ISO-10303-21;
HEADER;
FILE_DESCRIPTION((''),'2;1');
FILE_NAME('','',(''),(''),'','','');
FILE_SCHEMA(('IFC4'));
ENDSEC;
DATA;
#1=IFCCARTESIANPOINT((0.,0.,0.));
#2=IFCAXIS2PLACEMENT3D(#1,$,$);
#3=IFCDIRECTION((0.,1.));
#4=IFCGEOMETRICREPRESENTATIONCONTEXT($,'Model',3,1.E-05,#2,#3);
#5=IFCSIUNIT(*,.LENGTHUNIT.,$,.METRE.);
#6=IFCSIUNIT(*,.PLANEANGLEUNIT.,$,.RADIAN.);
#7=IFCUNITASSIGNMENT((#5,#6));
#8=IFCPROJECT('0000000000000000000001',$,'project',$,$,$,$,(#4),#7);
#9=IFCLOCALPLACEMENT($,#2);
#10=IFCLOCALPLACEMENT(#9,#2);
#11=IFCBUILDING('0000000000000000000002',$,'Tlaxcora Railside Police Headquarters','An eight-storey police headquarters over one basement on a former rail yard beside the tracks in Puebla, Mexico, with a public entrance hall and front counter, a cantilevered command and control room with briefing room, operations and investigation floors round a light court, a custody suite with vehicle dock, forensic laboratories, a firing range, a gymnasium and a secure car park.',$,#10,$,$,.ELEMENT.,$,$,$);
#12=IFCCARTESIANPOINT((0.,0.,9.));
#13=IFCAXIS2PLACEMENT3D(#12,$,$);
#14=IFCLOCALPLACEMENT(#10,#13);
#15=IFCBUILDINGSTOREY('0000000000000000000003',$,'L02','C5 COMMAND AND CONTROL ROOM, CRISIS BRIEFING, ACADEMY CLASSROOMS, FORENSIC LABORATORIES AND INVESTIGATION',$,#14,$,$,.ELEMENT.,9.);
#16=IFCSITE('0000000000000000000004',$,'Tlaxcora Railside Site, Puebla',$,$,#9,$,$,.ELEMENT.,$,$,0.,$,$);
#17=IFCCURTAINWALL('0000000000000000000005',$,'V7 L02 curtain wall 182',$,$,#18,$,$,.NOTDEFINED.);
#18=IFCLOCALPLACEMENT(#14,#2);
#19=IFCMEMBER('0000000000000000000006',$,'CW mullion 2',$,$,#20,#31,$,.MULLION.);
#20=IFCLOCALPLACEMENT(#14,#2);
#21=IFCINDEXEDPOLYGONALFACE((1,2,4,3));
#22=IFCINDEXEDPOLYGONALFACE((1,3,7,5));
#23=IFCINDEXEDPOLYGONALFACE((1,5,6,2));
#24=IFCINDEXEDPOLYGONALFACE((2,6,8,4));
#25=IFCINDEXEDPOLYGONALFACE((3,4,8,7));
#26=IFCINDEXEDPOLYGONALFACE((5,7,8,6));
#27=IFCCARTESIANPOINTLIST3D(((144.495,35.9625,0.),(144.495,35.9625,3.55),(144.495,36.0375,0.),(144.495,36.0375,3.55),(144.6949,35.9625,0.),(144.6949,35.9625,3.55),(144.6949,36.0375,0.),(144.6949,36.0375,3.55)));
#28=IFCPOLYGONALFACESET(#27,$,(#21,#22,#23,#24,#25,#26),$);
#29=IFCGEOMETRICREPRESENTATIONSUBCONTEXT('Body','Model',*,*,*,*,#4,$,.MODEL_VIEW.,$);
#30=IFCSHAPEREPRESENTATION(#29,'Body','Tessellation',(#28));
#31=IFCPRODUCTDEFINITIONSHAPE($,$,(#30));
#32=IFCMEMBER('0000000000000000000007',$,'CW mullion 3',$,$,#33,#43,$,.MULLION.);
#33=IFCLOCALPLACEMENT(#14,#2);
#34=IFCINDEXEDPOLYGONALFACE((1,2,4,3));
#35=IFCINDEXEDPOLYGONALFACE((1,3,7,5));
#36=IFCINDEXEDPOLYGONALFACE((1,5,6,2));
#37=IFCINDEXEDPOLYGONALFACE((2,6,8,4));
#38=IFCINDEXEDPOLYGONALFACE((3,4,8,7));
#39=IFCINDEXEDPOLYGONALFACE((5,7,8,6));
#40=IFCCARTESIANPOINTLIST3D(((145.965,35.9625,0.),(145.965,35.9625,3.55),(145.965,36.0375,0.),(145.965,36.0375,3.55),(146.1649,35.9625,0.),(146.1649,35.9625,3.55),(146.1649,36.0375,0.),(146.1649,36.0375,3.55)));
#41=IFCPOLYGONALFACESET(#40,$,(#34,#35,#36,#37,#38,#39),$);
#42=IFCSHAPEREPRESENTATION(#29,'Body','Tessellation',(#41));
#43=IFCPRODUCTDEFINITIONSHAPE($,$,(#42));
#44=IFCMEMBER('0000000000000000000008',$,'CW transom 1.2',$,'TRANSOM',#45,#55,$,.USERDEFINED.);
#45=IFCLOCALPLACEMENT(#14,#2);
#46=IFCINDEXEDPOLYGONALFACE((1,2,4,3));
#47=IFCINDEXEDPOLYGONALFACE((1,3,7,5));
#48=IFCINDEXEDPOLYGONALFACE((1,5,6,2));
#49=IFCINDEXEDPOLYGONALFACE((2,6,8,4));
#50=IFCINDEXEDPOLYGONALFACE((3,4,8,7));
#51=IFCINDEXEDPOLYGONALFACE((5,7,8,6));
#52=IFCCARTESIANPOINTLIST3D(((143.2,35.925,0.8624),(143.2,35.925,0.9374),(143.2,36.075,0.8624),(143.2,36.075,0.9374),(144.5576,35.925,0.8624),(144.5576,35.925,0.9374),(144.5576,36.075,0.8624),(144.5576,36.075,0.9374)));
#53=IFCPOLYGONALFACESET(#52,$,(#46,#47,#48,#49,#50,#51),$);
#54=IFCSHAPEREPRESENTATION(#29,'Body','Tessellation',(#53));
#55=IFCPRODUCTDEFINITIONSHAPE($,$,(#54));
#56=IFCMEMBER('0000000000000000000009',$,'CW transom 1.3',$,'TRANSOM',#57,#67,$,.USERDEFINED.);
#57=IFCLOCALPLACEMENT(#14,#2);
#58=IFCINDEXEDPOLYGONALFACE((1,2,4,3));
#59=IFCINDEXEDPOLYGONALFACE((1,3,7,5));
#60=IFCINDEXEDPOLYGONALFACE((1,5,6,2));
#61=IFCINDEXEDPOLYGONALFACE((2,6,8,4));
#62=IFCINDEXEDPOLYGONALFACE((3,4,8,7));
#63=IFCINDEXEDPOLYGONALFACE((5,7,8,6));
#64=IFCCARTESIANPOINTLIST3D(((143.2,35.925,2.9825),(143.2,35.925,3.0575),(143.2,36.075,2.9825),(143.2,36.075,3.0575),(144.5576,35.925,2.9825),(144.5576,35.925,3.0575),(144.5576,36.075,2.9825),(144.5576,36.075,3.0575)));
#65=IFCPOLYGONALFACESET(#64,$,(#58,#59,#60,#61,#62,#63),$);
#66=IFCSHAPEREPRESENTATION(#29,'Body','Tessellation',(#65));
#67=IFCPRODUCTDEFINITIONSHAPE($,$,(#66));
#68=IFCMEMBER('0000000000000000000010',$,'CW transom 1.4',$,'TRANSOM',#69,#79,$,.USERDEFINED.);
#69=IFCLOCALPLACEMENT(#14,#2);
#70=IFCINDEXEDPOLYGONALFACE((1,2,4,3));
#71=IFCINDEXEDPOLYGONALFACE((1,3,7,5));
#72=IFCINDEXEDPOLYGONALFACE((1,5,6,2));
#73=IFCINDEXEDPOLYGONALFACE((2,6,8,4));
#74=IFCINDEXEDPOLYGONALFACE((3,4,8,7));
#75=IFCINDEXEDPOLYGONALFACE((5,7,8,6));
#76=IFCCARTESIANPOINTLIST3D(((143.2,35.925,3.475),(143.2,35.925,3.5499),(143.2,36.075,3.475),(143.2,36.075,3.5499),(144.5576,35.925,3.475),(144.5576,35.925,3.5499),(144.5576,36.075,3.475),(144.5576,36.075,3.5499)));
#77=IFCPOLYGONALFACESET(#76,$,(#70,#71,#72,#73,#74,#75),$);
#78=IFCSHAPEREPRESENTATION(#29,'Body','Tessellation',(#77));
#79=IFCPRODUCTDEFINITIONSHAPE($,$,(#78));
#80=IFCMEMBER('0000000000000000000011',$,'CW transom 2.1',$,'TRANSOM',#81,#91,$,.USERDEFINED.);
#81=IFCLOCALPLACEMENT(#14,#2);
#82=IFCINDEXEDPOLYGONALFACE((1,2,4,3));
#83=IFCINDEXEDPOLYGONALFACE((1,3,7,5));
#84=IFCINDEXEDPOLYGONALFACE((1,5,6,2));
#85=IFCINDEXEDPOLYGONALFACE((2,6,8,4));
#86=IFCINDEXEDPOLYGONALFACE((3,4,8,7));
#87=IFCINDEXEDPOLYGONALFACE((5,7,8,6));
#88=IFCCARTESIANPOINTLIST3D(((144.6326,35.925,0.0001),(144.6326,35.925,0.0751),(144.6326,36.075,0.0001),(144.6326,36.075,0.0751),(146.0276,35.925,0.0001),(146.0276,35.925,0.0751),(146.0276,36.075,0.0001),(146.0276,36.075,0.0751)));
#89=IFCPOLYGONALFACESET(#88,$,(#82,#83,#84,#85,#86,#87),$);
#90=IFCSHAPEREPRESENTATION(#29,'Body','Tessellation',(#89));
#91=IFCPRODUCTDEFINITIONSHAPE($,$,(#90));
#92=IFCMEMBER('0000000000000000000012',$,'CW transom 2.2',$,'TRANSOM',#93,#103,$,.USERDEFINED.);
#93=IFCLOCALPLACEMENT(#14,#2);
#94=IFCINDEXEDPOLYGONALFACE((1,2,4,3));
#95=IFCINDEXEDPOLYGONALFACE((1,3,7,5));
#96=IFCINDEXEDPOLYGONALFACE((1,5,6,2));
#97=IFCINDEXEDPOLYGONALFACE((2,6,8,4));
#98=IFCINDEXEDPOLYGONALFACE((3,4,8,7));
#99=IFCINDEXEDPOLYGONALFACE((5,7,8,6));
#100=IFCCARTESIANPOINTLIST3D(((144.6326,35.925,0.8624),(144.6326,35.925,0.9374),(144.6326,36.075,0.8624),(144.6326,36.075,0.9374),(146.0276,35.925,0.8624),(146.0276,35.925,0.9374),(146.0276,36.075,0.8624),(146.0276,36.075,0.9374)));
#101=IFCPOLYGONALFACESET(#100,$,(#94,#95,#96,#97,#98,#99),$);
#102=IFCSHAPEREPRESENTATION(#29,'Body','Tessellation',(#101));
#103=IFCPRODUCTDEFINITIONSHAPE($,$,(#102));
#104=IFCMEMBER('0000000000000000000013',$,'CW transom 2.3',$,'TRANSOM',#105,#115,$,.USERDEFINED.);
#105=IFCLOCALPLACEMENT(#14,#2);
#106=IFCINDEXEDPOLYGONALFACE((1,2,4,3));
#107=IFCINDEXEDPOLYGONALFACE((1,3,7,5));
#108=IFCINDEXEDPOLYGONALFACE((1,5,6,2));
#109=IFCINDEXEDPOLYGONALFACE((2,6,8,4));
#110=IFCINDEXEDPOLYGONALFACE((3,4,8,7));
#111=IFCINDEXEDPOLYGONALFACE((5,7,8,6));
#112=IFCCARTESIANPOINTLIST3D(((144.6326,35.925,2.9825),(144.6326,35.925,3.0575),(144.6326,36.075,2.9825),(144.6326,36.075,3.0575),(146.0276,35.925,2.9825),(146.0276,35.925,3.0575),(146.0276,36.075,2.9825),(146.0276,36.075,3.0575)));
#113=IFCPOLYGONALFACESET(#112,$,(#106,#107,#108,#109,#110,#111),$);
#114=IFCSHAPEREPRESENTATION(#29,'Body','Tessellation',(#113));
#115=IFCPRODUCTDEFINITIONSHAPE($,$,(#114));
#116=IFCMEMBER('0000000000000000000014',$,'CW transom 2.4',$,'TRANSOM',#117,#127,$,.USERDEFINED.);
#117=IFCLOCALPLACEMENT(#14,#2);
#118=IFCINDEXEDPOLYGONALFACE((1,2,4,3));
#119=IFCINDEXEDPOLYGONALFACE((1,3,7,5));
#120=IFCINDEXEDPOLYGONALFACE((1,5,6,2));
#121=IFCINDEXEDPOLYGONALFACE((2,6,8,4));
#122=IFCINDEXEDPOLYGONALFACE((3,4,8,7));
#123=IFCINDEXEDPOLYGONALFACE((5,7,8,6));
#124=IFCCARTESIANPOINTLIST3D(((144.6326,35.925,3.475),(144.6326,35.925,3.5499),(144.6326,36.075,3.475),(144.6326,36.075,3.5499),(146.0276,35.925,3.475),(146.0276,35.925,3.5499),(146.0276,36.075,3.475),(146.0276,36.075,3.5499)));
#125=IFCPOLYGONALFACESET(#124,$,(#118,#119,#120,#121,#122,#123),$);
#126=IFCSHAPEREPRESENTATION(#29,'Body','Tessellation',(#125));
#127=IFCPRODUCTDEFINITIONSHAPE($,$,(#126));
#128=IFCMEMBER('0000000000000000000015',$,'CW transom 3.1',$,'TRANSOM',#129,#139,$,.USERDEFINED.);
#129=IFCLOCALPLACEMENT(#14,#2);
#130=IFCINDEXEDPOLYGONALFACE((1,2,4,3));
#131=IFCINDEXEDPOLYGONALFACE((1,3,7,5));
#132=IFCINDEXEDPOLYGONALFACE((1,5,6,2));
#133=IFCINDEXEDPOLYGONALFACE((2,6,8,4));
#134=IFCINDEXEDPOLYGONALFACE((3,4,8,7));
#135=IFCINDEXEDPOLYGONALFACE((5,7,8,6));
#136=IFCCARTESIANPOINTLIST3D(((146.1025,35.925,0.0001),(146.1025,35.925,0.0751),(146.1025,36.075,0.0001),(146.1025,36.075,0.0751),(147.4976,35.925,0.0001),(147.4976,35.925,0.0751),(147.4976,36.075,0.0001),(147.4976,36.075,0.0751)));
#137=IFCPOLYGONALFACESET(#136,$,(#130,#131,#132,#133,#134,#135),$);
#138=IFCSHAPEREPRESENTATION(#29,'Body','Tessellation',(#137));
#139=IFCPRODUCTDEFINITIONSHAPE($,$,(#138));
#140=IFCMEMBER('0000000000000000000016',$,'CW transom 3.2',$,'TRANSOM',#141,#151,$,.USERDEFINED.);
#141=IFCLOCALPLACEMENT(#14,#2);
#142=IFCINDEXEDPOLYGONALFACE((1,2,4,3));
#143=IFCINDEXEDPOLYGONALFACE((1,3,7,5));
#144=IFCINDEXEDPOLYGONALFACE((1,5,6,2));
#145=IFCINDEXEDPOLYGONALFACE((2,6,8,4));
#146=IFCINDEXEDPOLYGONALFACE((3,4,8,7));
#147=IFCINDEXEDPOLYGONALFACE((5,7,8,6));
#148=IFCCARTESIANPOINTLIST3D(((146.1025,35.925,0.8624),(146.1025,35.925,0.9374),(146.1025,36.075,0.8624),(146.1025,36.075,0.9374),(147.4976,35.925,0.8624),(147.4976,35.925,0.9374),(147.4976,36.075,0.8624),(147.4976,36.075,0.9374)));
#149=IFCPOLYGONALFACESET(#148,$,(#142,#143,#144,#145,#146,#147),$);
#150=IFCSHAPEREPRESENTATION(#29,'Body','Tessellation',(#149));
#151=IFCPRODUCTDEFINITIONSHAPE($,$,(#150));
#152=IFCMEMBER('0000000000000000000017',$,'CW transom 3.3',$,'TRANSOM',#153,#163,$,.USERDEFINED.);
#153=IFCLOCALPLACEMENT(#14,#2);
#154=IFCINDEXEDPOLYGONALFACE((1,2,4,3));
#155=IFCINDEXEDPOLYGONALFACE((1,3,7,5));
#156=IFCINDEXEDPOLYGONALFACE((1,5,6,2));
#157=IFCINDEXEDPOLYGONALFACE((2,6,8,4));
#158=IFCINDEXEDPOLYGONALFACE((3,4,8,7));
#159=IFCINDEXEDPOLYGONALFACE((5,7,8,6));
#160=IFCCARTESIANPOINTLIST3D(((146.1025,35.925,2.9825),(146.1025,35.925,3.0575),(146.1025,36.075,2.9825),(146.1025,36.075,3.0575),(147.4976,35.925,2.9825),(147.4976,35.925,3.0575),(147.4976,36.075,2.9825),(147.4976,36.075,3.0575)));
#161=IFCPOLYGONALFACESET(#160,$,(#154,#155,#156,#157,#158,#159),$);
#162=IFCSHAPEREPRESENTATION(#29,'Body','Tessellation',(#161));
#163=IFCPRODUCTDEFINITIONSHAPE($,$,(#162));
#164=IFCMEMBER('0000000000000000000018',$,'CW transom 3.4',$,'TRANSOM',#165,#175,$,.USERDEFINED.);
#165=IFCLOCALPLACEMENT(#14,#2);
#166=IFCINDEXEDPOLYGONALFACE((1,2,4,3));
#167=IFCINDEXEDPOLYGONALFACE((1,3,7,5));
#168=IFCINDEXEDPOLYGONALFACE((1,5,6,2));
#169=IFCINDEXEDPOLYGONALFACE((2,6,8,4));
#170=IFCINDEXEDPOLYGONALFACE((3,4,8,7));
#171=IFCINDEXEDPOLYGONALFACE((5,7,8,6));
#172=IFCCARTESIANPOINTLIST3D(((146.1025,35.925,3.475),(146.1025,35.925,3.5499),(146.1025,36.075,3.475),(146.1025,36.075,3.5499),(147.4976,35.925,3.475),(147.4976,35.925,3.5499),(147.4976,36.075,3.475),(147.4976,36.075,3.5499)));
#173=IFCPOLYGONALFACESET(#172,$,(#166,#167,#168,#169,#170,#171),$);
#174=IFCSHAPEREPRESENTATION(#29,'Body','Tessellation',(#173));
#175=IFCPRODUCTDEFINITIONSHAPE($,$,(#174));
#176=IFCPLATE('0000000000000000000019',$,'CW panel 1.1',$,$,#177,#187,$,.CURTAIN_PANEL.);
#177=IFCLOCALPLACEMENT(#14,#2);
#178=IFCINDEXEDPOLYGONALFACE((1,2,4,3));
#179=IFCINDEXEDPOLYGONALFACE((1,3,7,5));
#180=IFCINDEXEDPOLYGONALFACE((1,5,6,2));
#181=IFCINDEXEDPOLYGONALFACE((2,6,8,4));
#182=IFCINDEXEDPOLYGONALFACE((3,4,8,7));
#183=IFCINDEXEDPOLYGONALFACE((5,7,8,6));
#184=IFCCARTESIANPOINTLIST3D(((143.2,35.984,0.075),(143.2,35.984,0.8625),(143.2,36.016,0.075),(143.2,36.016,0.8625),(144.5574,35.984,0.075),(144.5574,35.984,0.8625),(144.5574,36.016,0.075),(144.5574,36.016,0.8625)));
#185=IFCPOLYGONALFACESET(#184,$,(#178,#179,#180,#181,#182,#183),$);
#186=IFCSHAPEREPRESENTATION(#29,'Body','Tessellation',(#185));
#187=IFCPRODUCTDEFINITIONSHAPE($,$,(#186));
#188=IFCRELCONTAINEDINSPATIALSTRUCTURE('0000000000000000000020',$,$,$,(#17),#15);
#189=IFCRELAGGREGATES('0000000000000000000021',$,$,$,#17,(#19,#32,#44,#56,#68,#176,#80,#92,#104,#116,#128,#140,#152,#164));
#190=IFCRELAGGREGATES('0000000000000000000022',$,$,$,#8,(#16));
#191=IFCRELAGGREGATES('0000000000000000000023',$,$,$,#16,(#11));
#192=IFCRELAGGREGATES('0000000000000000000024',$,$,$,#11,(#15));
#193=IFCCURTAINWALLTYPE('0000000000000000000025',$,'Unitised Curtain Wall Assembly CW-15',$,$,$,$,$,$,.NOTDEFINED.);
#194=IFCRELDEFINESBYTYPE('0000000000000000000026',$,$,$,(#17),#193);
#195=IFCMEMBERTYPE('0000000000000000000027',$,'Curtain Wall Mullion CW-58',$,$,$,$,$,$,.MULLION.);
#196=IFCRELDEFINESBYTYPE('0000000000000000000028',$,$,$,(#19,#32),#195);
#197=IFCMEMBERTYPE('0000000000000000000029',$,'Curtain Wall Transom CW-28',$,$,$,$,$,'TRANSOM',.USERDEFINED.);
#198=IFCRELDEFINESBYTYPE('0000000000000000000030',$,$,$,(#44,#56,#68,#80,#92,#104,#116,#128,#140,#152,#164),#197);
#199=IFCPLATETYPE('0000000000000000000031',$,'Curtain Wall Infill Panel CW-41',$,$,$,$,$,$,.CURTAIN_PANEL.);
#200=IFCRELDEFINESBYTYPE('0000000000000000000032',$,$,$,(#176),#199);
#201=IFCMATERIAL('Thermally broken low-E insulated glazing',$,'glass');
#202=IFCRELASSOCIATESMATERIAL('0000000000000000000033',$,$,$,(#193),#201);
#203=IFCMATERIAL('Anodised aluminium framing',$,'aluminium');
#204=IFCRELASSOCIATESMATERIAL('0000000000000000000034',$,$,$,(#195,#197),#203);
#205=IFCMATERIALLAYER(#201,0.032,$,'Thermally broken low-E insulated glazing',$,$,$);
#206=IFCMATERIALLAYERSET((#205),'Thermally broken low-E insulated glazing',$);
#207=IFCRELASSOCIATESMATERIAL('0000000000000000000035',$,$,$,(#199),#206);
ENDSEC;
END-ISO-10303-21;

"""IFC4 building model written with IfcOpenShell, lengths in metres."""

from ifc_helpers import new_model, si_unit, direction, frame, origin, origin_2d, place, context, subcontext, project, spatial, rectangle, extrude, material, layer, layer_set, material_profile, profile_set, type_object, element, aggregate, save


model = new_model("IFC4")

# Units and contexts
model_context = context("Model", 3, precision=1e-05, world=origin(), true_north=direction((0.0, 1.0)))
body_context = subcontext(model_context, "Body", "Model", "MODEL_VIEW")
ifc_project = project(units=[si_unit("LENGTHUNIT", "METRE"), si_unit("PLANEANGLEUNIT", "RADIAN")], contexts=[model_context])

# Site, building, storey
site_placement = place(None, origin())
site = spatial("IfcSite", under=ifc_project, at=site_placement, Name="Tlaxcora Railside Site, Puebla", CompositionType="ELEMENT", RefElevation=0.0)
building_placement = place(site_placement, origin())
building = spatial("IfcBuilding", under=site, at=building_placement, Name="Tlaxcora Railside Police Headquarters", Description="An eight-storey police headquarters over one basement on a former rail yard beside the tracks in Puebla, Mexico, with a public entrance hall and front counter, a cantilevered command and control room with briefing room, operations and investigation floors round a light court, a custody suite with vehicle dock, forensic laboratories, a firing range, a gymnasium and a secure car park.", CompositionType="ELEMENT")
storey_placement = place(building_placement, frame((0.0, 0.0, 9.0)))
storey = spatial("IfcBuildingStorey", under=building, at=storey_placement, Name="L02", Description="C5 COMMAND AND CONTROL ROOM, CRISIS BRIEFING, ACADEMY CLASSROOMS, FORENSIC LABORATORIES AND INVESTIGATION", CompositionType="ELEMENT", Elevation=9.0)

# Curtain wall, members, plate
ifc_material_1 = material(Name="Thermally broken low-E insulated glazing", Category="glass")
curtain_wall_type = type_object("IfcCurtainWallType", Name="Unitised Curtain Wall Assembly CW-15", PredefinedType="NOTDEFINED", material=ifc_material_1)
curtain_wall_placement = place(storey_placement, origin())
curtain_wall = element("IfcCurtainWall", 1, at=curtain_wall_placement, inside=storey, type_object=curtain_wall_type, Name="V7 L02 curtain wall 182", PredefinedType="NOTDEFINED")
ifc_material_2 = material(Name="Anodised aluminium framing", Category="aluminium")
ifc_material_profile_1 = material_profile(ifc_material_2, rectangle(XDim=0.075, YDim=0.2, at=origin_2d()), Name="AL75X200")
ifc_profile_set_1 = profile_set([ifc_material_profile_1], Name="Anodised aluminium framing")
member_type_1 = type_object("IfcMemberType", Name="Curtain Wall Mullion CW-58", PredefinedType="MULLION", material=ifc_profile_set_1)
member_1_placement = place(storey_placement, frame((144.595, 36.0, 0.0), z_axis=(0.0, 0.0, 1.0), x_axis=(0.0, 1.0, 0.0)))
member_1 = element("IfcMember", 2, at=member_1_placement, type_object=member_type_1, Name="CW mullion 2", PredefinedType="MULLION", context=body_context, shape_type="SweptSolid", body=[
    extrude(rectangle(XDim=0.075, YDim=0.2, at=origin_2d()), origin(), (0.0, 0.0, 1.0), 3.55),
])
member_2_placement = place(storey_placement, frame((146.0649, 36.0, 0.0), z_axis=(0.0, 0.0, 1.0), x_axis=(0.0, 1.0, 0.0)))
member_2 = element("IfcMember", 3, at=member_2_placement, type_object=member_type_1, Name="CW mullion 3", PredefinedType="MULLION", context=body_context, shape_type="SweptSolid", body=[
    extrude(rectangle(XDim=0.075, YDim=0.2, at=origin_2d()), origin(), (0.0, 0.0, 1.0), 3.55),
])
ifc_material_profile_2 = material_profile(ifc_material_2, rectangle(XDim=0.1499, YDim=0.075, at=origin_2d()), Name="AL75X150")
ifc_profile_set_2 = profile_set([ifc_material_profile_2], Name="Anodised aluminium framing")
member_type_2 = type_object("IfcMemberType", Name="Curtain Wall Transom CW-28", ElementType="TRANSOM", PredefinedType="USERDEFINED", material=ifc_profile_set_2)
member_3_placement = place(storey_placement, frame((143.2, 36.0, 0.8999), z_axis=(1.0, 0.0, 0.0), x_axis=(0.0, 1.0, 0.0)))
member_3 = element("IfcMember", 4, at=member_3_placement, type_object=member_type_2, Name="CW transom 1.2", ObjectType="TRANSOM", PredefinedType="USERDEFINED", context=body_context, shape_type="SweptSolid", body=[
    extrude(rectangle(XDim=0.1499, YDim=0.075, at=origin_2d()), origin(), (0.0, 0.0, 1.0), 1.3577),
])
member_4_placement = place(storey_placement, frame((143.2, 36.0, 3.02), z_axis=(1.0, 0.0, 0.0), x_axis=(0.0, 1.0, 0.0)))
member_4 = element("IfcMember", 5, at=member_4_placement, type_object=member_type_2, Name="CW transom 1.3", ObjectType="TRANSOM", PredefinedType="USERDEFINED", context=body_context, shape_type="SweptSolid", body=[
    extrude(rectangle(XDim=0.1499, YDim=0.075, at=origin_2d()), origin(), (0.0, 0.0, 1.0), 1.3577),
])
member_5_placement = place(storey_placement, frame((143.2, 36.0, 3.5125), z_axis=(1.0, 0.0, 0.0), x_axis=(0.0, 1.0, 0.0)))
member_5 = element("IfcMember", 6, at=member_5_placement, type_object=member_type_2, Name="CW transom 1.4", ObjectType="TRANSOM", PredefinedType="USERDEFINED", context=body_context, shape_type="SweptSolid", body=[
    extrude(rectangle(XDim=0.1499, YDim=0.075, at=origin_2d()), origin(), (0.0, 0.0, 1.0), 1.3577),
])
member_6_placement = place(storey_placement, frame((144.6326, 36.0, 0.0376), z_axis=(1.0, 0.0, 0.0), x_axis=(0.0, 1.0, 0.0)))
member_6 = element("IfcMember", 7, at=member_6_placement, type_object=member_type_2, Name="CW transom 2.1", ObjectType="TRANSOM", PredefinedType="USERDEFINED", context=body_context, shape_type="SweptSolid", body=[
    extrude(rectangle(XDim=0.1499, YDim=0.075, at=origin_2d()), origin(), (0.0, 0.0, 1.0), 1.395),
])
member_7_placement = place(storey_placement, frame((144.6326, 36.0, 0.8999), z_axis=(1.0, 0.0, 0.0), x_axis=(0.0, 1.0, 0.0)))
member_7 = element("IfcMember", 8, at=member_7_placement, type_object=member_type_2, Name="CW transom 2.2", ObjectType="TRANSOM", PredefinedType="USERDEFINED", context=body_context, shape_type="SweptSolid", body=[
    extrude(rectangle(XDim=0.1499, YDim=0.075, at=origin_2d()), origin(), (0.0, 0.0, 1.0), 1.395),
])
member_8_placement = place(storey_placement, frame((144.6326, 36.0, 3.02), z_axis=(1.0, 0.0, 0.0), x_axis=(0.0, 1.0, 0.0)))
member_8 = element("IfcMember", 9, at=member_8_placement, type_object=member_type_2, Name="CW transom 2.3", ObjectType="TRANSOM", PredefinedType="USERDEFINED", context=body_context, shape_type="SweptSolid", body=[
    extrude(rectangle(XDim=0.1499, YDim=0.075, at=origin_2d()), origin(), (0.0, 0.0, 1.0), 1.395),
])
member_9_placement = place(storey_placement, frame((144.6326, 36.0, 3.5125), z_axis=(1.0, 0.0, 0.0), x_axis=(0.0, 1.0, 0.0)))
member_9 = element("IfcMember", 10, at=member_9_placement, type_object=member_type_2, Name="CW transom 2.4", ObjectType="TRANSOM", PredefinedType="USERDEFINED", context=body_context, shape_type="SweptSolid", body=[
    extrude(rectangle(XDim=0.1499, YDim=0.075, at=origin_2d()), origin(), (0.0, 0.0, 1.0), 1.395),
])
member_10_placement = place(storey_placement, frame((146.1025, 36.0, 0.0376), z_axis=(1.0, 0.0, 0.0), x_axis=(0.0, 1.0, 0.0)))
member_10 = element("IfcMember", 11, at=member_10_placement, type_object=member_type_2, Name="CW transom 3.1", ObjectType="TRANSOM", PredefinedType="USERDEFINED", context=body_context, shape_type="SweptSolid", body=[
    extrude(rectangle(XDim=0.1499, YDim=0.075, at=origin_2d()), origin(), (0.0, 0.0, 1.0), 1.395),
])
member_11_placement = place(storey_placement, frame((146.1025, 36.0, 0.8999), z_axis=(1.0, 0.0, 0.0), x_axis=(0.0, 1.0, 0.0)))
member_11 = element("IfcMember", 12, at=member_11_placement, type_object=member_type_2, Name="CW transom 3.2", ObjectType="TRANSOM", PredefinedType="USERDEFINED", context=body_context, shape_type="SweptSolid", body=[
    extrude(rectangle(XDim=0.1499, YDim=0.075, at=origin_2d()), origin(), (0.0, 0.0, 1.0), 1.395),
])
member_12_placement = place(storey_placement, frame((146.1025, 36.0, 3.02), z_axis=(1.0, 0.0, 0.0), x_axis=(0.0, 1.0, 0.0)))
member_12 = element("IfcMember", 13, at=member_12_placement, type_object=member_type_2, Name="CW transom 3.3", ObjectType="TRANSOM", PredefinedType="USERDEFINED", context=body_context, shape_type="SweptSolid", body=[
    extrude(rectangle(XDim=0.1499, YDim=0.075, at=origin_2d()), origin(), (0.0, 0.0, 1.0), 1.395),
])
member_13_placement = place(storey_placement, frame((146.1025, 36.0, 3.5125), z_axis=(1.0, 0.0, 0.0), x_axis=(0.0, 1.0, 0.0)))
member_13 = element("IfcMember", 14, at=member_13_placement, type_object=member_type_2, Name="CW transom 3.4", ObjectType="TRANSOM", PredefinedType="USERDEFINED", context=body_context, shape_type="SweptSolid", body=[
    extrude(rectangle(XDim=0.1499, YDim=0.075, at=origin_2d()), origin(), (0.0, 0.0, 1.0), 1.395),
])
ifc_layer_1 = layer(ifc_material_1, 0.032, Name="Thermally broken low-E insulated glazing")
ifc_layer_set_1 = layer_set([ifc_layer_1], Name="Thermally broken low-E insulated glazing")
plate_type = type_object("IfcPlateType", Name="Curtain Wall Infill Panel CW-41", PredefinedType="CURTAIN_PANEL", material=ifc_layer_set_1)
plate_1_placement = place(storey_placement, frame((143.8787, 36.0, 0.075), z_axis=(0.0, 0.0, 1.0), x_axis=(1.0, 0.0, 0.0)))
plate_1 = element("IfcPlate", 15, at=plate_1_placement, type_object=plate_type, Name="CW panel 1.1", PredefinedType="CURTAIN_PANEL", context=body_context, shape_type="SweptSolid", body=[
    extrude(rectangle(XDim=1.3574, YDim=0.032, at=origin_2d()), origin(), (0.0, 0.0, 1.0), 0.7876),
])
aggregate(curtain_wall, [member_1, member_2, member_3, member_4, member_5, plate_1, member_6, member_7, member_8, member_9, member_10, member_11, member_12, member_13])

save(model, "model.ifc")
